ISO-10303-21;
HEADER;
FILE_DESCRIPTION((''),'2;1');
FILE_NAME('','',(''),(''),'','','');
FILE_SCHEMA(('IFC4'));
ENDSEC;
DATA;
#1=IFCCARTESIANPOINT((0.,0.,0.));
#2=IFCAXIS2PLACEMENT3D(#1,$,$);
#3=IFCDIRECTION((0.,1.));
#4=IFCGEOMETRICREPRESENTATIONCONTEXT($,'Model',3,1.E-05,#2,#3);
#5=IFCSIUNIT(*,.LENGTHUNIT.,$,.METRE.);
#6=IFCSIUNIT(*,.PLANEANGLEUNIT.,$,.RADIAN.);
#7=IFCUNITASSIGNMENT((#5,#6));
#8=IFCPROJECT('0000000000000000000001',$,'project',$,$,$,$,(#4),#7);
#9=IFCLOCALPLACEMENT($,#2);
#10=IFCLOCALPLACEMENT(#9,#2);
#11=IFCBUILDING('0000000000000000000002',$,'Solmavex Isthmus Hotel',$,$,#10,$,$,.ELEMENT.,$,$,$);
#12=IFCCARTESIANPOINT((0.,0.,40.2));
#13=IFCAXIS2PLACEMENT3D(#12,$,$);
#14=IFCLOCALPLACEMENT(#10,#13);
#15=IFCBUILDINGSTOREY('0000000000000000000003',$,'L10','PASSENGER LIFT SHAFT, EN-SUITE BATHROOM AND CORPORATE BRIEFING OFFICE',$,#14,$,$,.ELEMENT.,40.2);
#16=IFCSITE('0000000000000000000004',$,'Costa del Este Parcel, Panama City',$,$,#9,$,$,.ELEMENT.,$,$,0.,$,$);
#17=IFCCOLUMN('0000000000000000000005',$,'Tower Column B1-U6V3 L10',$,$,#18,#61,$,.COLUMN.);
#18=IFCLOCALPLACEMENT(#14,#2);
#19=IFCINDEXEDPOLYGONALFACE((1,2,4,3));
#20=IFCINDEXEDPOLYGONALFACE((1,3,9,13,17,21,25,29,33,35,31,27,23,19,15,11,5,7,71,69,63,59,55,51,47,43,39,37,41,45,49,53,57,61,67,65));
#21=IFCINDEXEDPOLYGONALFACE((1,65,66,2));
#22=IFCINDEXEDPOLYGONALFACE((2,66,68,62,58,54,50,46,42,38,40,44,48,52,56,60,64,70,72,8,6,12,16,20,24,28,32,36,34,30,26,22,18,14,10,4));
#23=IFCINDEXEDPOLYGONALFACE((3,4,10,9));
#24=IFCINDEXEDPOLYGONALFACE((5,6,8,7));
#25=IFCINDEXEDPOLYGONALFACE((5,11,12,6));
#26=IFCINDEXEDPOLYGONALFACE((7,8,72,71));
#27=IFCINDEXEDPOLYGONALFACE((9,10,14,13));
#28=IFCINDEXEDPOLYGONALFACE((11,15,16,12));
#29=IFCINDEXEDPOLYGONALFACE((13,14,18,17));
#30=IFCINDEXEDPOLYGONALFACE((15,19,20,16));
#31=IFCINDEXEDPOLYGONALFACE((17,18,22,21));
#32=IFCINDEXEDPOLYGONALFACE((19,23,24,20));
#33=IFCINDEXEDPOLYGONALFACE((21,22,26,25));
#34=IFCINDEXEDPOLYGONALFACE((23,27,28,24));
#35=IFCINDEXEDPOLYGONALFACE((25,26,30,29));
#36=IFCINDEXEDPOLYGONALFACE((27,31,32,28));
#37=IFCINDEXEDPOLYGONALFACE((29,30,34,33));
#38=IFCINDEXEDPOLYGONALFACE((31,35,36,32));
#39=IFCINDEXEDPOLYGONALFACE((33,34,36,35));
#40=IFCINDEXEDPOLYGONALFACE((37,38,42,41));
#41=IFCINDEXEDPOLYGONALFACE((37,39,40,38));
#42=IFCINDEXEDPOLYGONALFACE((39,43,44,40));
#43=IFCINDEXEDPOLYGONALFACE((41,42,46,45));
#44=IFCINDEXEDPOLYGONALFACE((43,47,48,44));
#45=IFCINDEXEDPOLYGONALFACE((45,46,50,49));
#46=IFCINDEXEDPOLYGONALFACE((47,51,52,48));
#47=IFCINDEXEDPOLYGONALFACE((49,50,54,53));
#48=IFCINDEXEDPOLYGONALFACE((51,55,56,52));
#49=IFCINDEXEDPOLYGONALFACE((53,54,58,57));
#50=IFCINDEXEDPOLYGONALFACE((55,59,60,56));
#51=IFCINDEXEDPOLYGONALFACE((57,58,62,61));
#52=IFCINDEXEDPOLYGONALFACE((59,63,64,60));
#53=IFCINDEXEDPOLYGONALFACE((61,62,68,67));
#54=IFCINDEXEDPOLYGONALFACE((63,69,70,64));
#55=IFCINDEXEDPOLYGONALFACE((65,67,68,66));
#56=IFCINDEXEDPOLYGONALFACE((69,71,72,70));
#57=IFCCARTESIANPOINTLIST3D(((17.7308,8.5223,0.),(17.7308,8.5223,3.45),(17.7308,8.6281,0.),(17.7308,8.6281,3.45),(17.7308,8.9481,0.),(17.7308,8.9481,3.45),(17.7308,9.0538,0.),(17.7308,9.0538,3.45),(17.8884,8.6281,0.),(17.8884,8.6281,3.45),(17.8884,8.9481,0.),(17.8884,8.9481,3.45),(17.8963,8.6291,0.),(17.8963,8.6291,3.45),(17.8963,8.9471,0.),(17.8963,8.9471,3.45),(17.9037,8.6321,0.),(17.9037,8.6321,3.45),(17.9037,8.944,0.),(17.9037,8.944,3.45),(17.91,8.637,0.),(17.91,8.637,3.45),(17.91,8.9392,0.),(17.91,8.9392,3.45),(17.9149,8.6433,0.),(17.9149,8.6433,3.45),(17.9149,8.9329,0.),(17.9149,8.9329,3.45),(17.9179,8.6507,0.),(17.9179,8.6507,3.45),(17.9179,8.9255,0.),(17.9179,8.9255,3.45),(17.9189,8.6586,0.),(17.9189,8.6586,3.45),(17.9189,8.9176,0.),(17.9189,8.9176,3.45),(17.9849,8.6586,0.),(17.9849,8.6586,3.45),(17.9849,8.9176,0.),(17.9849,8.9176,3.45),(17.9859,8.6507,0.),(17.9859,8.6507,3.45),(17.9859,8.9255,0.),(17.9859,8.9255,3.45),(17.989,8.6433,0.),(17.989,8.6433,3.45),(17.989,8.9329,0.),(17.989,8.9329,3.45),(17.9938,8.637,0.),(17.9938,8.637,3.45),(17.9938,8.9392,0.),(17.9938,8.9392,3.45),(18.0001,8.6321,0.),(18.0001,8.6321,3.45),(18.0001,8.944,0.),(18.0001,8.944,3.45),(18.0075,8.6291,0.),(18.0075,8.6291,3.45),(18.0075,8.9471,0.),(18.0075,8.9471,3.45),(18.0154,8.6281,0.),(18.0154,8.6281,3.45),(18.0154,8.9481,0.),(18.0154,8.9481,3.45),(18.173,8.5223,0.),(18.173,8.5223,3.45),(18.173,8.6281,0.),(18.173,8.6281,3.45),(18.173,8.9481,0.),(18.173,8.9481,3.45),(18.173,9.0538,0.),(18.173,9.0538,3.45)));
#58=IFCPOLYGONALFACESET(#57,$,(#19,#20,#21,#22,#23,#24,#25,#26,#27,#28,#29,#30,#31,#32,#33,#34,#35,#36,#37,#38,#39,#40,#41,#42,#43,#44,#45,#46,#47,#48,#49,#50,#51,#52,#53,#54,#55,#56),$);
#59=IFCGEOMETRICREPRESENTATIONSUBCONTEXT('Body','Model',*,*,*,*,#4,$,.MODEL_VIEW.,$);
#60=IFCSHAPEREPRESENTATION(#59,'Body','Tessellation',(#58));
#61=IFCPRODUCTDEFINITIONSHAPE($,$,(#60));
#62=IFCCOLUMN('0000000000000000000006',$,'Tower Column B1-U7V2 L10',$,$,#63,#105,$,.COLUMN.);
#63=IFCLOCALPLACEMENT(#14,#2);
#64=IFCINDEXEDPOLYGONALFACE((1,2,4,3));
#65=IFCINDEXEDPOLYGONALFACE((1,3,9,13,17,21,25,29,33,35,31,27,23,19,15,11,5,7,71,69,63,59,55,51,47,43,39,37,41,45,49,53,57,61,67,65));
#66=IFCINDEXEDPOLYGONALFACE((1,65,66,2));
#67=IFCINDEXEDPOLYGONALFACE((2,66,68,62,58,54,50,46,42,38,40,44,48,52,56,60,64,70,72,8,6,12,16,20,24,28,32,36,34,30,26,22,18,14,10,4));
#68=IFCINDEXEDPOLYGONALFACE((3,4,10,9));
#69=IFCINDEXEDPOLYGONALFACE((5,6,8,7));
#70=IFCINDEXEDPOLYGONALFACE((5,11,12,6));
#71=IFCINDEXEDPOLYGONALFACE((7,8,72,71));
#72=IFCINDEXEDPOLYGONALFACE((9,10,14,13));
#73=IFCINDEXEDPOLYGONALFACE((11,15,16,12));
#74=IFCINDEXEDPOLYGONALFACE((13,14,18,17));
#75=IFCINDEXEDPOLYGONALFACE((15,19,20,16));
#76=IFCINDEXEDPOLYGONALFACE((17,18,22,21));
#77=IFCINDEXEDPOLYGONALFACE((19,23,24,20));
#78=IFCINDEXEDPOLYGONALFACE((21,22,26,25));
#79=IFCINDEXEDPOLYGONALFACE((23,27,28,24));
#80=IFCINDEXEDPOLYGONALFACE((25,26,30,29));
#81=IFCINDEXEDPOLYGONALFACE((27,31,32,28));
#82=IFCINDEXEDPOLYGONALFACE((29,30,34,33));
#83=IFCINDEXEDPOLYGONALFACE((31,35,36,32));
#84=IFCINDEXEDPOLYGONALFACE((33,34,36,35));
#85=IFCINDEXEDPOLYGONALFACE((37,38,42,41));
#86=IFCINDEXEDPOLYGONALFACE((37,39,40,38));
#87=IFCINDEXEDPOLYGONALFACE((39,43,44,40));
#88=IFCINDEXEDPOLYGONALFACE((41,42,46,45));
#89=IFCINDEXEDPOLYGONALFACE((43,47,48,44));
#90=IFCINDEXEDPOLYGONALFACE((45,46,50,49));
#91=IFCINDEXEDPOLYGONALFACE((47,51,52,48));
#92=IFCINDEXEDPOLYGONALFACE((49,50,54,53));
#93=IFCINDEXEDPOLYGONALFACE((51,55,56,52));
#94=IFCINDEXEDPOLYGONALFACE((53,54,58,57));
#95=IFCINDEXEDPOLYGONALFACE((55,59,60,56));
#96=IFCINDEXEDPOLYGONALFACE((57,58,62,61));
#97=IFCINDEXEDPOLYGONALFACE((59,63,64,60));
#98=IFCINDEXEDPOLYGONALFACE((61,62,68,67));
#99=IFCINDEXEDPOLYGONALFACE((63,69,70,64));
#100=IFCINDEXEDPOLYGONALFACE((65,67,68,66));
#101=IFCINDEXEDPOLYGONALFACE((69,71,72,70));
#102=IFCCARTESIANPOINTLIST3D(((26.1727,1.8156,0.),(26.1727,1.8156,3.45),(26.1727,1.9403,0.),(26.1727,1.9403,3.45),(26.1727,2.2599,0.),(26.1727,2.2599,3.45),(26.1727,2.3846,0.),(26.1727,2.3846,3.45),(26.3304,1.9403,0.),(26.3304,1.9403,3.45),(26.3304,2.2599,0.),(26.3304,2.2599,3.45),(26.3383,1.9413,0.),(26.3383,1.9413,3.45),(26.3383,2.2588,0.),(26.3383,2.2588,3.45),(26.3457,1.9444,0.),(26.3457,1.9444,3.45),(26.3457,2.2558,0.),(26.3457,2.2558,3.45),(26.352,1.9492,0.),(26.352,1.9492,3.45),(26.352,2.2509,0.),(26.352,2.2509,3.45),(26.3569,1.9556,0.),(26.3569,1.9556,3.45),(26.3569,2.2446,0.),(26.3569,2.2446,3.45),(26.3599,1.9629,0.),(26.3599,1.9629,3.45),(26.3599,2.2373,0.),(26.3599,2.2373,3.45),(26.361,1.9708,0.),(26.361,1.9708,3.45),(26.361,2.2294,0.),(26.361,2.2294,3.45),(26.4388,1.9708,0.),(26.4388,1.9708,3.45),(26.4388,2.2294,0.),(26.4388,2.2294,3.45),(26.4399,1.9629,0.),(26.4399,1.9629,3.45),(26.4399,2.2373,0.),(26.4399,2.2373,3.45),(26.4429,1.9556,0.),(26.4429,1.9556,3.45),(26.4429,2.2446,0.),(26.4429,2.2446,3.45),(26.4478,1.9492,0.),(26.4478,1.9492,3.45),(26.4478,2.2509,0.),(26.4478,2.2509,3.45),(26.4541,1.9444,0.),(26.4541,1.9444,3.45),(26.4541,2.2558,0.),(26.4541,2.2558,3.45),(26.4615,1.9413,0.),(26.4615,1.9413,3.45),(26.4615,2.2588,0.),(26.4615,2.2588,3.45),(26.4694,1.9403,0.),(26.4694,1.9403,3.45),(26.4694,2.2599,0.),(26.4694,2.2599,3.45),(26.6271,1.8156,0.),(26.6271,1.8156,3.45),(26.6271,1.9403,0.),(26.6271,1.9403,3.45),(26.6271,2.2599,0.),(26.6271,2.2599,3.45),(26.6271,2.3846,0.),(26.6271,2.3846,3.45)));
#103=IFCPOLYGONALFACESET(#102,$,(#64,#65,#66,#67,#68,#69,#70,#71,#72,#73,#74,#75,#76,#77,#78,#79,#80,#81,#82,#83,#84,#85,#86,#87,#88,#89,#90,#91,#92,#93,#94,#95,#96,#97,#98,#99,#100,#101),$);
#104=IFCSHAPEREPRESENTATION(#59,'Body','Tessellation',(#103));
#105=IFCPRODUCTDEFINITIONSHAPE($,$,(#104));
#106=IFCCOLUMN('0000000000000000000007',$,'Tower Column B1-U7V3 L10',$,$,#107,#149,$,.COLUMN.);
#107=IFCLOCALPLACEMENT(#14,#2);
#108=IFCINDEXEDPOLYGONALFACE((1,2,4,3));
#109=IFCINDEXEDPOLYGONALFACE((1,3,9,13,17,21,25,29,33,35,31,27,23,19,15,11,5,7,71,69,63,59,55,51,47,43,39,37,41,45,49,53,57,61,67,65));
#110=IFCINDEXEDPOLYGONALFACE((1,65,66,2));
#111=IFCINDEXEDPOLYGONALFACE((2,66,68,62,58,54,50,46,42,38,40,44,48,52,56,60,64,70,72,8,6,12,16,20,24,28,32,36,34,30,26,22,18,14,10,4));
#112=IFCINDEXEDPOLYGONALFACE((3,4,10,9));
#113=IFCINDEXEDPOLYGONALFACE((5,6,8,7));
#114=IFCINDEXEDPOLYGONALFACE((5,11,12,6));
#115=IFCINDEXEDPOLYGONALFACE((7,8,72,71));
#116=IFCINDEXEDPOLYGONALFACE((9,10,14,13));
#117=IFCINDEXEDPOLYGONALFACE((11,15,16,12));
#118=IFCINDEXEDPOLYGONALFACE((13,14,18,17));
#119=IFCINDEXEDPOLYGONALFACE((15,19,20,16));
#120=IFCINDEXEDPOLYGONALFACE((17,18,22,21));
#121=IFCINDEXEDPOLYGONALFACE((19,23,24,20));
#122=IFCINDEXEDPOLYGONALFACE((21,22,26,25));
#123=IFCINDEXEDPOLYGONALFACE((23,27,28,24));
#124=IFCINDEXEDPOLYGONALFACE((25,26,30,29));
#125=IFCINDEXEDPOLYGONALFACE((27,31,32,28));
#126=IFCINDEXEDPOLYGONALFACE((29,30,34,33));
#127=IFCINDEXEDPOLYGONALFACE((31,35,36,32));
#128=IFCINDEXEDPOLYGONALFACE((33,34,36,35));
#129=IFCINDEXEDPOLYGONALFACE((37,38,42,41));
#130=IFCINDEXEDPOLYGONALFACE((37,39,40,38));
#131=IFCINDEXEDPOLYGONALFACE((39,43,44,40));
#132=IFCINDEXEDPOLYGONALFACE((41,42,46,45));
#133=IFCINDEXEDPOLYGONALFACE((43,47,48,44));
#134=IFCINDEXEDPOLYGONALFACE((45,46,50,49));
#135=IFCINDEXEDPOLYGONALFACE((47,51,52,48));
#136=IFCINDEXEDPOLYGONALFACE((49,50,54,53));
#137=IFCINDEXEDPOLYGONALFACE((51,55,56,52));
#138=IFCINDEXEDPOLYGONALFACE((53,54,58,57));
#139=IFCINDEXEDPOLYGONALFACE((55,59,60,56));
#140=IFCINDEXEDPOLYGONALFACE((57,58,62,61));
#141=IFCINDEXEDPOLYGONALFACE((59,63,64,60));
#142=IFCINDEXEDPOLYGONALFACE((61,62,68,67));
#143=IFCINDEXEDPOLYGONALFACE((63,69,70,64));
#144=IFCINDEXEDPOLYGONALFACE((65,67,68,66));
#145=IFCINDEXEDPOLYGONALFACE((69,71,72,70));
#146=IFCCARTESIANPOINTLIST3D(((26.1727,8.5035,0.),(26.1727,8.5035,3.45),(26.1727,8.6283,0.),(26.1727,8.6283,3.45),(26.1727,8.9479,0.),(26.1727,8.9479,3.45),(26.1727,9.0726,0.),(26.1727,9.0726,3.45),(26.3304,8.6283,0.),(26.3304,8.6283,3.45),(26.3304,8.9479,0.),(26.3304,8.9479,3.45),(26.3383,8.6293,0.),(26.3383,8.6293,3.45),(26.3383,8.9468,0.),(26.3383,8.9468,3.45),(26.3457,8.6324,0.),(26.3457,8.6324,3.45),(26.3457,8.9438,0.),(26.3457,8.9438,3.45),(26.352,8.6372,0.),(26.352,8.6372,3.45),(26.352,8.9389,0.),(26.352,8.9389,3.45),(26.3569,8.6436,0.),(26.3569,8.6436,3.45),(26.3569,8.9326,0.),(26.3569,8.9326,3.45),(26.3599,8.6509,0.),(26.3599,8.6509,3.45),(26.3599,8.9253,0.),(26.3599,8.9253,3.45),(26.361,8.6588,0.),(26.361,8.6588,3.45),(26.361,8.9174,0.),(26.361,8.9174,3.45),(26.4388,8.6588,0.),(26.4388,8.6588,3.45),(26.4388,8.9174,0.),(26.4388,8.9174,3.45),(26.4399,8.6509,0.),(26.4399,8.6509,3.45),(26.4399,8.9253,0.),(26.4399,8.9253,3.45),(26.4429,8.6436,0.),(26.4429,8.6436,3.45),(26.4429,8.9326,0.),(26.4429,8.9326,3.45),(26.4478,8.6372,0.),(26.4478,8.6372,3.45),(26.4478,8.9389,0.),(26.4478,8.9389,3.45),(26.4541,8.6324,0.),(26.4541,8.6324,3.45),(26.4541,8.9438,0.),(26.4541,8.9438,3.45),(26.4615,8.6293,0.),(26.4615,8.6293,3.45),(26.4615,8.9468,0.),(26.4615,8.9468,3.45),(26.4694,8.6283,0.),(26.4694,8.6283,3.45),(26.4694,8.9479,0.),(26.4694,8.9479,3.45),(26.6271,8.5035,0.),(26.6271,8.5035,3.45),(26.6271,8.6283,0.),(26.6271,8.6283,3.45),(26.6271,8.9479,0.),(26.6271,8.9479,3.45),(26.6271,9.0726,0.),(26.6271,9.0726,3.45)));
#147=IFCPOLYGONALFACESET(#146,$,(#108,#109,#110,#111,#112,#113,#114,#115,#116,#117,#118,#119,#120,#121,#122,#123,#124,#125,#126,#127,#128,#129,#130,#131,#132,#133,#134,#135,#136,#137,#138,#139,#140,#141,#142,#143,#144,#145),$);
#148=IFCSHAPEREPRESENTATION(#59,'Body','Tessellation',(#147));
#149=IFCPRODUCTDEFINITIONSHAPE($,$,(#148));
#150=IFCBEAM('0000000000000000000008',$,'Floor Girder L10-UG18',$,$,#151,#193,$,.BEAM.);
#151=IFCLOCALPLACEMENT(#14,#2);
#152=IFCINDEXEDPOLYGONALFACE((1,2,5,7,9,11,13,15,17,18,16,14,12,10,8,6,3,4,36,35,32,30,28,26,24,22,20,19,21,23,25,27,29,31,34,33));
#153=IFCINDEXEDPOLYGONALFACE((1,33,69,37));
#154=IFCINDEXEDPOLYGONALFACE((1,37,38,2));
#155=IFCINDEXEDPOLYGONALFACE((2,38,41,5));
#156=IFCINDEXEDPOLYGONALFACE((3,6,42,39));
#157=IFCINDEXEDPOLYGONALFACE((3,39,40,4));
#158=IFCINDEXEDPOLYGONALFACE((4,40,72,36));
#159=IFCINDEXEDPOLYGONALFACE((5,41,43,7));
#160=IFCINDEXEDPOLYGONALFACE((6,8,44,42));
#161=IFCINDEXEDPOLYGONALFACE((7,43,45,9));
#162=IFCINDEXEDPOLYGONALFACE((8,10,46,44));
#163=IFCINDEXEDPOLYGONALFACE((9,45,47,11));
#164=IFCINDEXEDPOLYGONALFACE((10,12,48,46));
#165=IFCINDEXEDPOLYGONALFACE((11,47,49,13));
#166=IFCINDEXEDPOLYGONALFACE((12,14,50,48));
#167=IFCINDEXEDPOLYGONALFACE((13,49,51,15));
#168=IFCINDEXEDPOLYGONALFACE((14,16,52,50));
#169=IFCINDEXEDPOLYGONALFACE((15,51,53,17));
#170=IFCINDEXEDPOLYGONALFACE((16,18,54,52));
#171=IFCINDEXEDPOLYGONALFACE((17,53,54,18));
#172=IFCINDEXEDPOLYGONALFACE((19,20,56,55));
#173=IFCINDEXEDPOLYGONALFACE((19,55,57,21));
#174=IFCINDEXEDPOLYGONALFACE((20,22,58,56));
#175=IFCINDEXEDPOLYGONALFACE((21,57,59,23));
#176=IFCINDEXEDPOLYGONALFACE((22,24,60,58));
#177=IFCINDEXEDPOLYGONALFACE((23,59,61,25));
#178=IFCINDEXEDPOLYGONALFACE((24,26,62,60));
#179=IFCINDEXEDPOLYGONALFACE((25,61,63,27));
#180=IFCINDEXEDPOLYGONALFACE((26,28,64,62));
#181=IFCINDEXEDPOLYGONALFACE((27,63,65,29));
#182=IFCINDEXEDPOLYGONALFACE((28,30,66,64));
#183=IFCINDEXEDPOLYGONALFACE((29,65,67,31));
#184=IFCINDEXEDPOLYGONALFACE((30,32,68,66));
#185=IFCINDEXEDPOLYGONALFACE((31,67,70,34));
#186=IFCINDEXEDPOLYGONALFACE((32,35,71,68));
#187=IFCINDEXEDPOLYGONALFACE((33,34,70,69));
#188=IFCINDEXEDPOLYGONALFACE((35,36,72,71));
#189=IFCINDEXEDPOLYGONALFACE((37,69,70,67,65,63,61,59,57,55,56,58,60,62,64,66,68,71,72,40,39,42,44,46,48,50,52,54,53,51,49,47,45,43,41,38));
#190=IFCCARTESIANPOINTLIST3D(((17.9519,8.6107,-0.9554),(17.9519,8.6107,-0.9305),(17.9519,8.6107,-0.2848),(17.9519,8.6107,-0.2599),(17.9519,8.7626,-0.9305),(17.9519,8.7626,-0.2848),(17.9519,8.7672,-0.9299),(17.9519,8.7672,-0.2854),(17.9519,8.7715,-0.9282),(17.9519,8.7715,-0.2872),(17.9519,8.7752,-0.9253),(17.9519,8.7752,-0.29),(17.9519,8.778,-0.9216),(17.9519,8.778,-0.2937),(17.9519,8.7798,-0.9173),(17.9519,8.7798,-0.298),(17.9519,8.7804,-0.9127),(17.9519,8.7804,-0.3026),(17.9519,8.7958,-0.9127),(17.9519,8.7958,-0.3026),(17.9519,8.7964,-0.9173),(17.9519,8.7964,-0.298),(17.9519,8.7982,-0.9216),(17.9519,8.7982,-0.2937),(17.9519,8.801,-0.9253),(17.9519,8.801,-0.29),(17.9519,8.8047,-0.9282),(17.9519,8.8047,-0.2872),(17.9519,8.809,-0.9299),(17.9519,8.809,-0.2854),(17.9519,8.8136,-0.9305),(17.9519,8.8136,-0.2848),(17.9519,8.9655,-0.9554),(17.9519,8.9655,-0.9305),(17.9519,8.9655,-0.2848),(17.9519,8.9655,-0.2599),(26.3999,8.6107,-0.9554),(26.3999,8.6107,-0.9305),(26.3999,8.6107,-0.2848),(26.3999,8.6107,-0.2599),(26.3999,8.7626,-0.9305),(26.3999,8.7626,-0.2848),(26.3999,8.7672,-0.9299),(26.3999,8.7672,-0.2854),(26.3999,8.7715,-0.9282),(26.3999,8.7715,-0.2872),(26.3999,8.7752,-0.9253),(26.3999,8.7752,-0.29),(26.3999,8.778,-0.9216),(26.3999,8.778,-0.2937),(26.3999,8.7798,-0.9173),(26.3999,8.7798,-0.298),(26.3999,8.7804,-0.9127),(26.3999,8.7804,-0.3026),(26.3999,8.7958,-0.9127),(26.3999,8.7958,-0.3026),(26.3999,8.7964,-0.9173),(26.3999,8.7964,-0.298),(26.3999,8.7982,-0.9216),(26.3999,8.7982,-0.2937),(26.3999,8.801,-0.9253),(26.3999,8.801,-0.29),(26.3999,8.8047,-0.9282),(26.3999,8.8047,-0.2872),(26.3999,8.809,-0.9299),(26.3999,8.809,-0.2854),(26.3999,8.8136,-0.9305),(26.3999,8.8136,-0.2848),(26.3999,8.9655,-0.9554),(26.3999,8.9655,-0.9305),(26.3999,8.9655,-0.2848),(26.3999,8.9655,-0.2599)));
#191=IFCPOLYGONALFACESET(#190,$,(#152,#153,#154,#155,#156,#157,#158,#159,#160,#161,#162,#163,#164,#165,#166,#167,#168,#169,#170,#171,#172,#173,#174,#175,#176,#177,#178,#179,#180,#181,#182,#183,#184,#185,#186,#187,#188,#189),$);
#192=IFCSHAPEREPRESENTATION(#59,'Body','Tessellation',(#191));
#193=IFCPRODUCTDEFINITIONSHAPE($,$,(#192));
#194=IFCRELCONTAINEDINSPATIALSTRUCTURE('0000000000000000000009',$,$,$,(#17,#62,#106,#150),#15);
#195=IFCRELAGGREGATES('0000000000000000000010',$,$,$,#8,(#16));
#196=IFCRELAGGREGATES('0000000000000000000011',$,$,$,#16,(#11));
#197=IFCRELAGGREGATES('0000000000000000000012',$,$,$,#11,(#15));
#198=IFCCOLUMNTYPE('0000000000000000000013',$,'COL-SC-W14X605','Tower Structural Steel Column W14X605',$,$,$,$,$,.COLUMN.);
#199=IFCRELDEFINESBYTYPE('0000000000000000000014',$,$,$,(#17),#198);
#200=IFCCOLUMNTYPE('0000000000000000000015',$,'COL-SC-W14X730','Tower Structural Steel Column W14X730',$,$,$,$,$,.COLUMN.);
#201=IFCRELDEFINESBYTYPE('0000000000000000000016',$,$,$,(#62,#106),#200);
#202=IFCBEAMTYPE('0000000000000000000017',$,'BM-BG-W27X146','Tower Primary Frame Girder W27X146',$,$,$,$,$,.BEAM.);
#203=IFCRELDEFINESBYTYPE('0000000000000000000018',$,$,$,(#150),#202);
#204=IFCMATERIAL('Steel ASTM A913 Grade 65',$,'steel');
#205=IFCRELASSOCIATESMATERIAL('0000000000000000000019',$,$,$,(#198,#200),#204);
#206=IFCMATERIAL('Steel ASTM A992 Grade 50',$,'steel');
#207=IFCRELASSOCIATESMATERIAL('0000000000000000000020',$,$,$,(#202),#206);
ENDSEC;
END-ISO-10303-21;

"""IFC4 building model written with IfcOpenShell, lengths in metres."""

from ifc_helpers import new_model, si_unit, direction, frame, origin, origin_2d, place, context, subcontext, project, spatial, i_section, extrude, material, material_profile, profile_set, type_object, element, save


model = new_model("IFC4")

# Units and contexts
model_context = context("Model", 3, precision=1e-05, world=origin(), true_north=direction((0.0, 1.0)))
body_context = subcontext(model_context, "Body", "Model", "MODEL_VIEW")
ifc_project = project(units=[si_unit("LENGTHUNIT", "METRE"), si_unit("PLANEANGLEUNIT", "RADIAN")], contexts=[model_context])

# Site, building, storey
site_placement = place(None, origin())
site = spatial("IfcSite", under=ifc_project, at=site_placement, Name="Costa del Este Parcel, Panama City", CompositionType="ELEMENT", RefElevation=0.0)
building_placement = place(site_placement, origin())
building = spatial("IfcBuilding", under=site, at=building_placement, Name="Solmavex Isthmus Hotel", CompositionType="ELEMENT")
storey_placement = place(building_placement, frame((0.0, 0.0, 40.2)))
storey = spatial("IfcBuildingStorey", under=building, at=storey_placement, Name="L10", Description="PASSENGER LIFT SHAFT, EN-SUITE BATHROOM AND CORPORATE BRIEFING OFFICE", CompositionType="ELEMENT", Elevation=40.2)

# Columns
ifc_material_1 = material(Name="Steel ASTM A913 Grade 65", Category="steel")
ifc_material_profile_1 = material_profile(ifc_material_1, i_section(OverallWidth=0.4421, OverallDepth=0.5315, WebThickness=0.0659, FlangeThickness=0.1057, FilletRadius=0.0305, at=origin_2d()), Name="W14X605")
ifc_profile_set_1 = profile_set([ifc_material_profile_1], Name="Steel ASTM A913 Grade 65")
column_type_1 = type_object("IfcColumnType", Name="COL-SC-W14X605", Description="Tower Structural Steel Column W14X605", PredefinedType="COLUMN", material=ifc_profile_set_1)
column_placement = place(storey_placement, frame((17.9519, 8.7881, 0.0), z_axis=(0.0, 0.0, 1.0), x_axis=(1.0, 0.0, 0.0)))
element("IfcColumn", 1, at=column_placement, inside=storey, type_object=column_type_1, Name="Tower Column B1-U6V3 L10", PredefinedType="COLUMN", context=body_context, shape_type="SweptSolid", body=[
    extrude(i_section(OverallWidth=0.4421, OverallDepth=0.5315, WebThickness=0.0659, FlangeThickness=0.1057, FilletRadius=0.0305, at=origin_2d()), origin(), (0.0, 0.0, 1.0), 3.45),
])
ifc_material_profile_2 = material_profile(ifc_material_1, i_section(OverallWidth=0.4543, OverallDepth=0.5691, WebThickness=0.0779, FlangeThickness=0.1248, FilletRadius=0.0305, at=origin_2d()), Name="W14X730")
ifc_profile_set_2 = profile_set([ifc_material_profile_2], Name="Steel ASTM A913 Grade 65")
column_type_2 = type_object("IfcColumnType", Name="COL-SC-W14X730", Description="Tower Structural Steel Column W14X730", PredefinedType="COLUMN", material=ifc_profile_set_2)
for number, where, z_axis, x_axis, name in (
    (2, (26.3999, 2.1001, 0.0), (0.0, 0.0, 1.0), (1.0, 0.0, 0.0), "Tower Column B1-U7V2 L10"),
    (3, (26.3999, 8.7881, 0.0), (0.0, 0.0, 1.0), (1.0, 0.0, 0.0), "Tower Column B1-U7V3 L10"),
):
    element("IfcColumn", number, at=place(storey_placement, frame(where, z_axis=z_axis, x_axis=x_axis)), inside=storey, type_object=column_type_2, Name=name, PredefinedType="COLUMN", context=body_context, shape_type="SweptSolid", body=[
        extrude(i_section(OverallWidth=0.4543, OverallDepth=0.5691, WebThickness=0.0779, FlangeThickness=0.1248, FilletRadius=0.0305, at=origin_2d()), origin(), (0.0, 0.0, 1.0), 3.45),
    ])

# Beam
ifc_material_2 = material(Name="Steel ASTM A992 Grade 50", Category="steel")
ifc_material_profile_3 = material_profile(ifc_material_2, i_section(OverallWidth=0.3547, OverallDepth=0.6956, WebThickness=0.0154, FlangeThickness=0.0249, FilletRadius=0.0178, at=origin_2d()), Name="W27X146")
ifc_profile_set_3 = profile_set([ifc_material_profile_3], Name="Steel ASTM A992 Grade 50")
beam_type_1 = type_object("IfcBeamType", Name="BM-BG-W27X146", Description="Tower Primary Frame Girder W27X146", PredefinedType="BEAM", material=ifc_profile_set_3)
beam_1_placement = place(storey_placement, frame((17.9519, 8.7881, -0.6077), z_axis=(1.0, 0.0, 0.0), x_axis=(0.0, 1.0, 0.0)))
element("IfcBeam", 4, at=beam_1_placement, inside=storey, type_object=beam_type_1, Name="Floor Girder L10-UG18", PredefinedType="BEAM", context=body_context, shape_type="SweptSolid", body=[
    extrude(i_section(OverallWidth=0.3547, OverallDepth=0.6956, WebThickness=0.0154, FlangeThickness=0.0249, FilletRadius=0.0178, at=origin_2d()), origin(), (0.0, 0.0, 1.0), 8.448),
])

save(model, "model.ifc")
